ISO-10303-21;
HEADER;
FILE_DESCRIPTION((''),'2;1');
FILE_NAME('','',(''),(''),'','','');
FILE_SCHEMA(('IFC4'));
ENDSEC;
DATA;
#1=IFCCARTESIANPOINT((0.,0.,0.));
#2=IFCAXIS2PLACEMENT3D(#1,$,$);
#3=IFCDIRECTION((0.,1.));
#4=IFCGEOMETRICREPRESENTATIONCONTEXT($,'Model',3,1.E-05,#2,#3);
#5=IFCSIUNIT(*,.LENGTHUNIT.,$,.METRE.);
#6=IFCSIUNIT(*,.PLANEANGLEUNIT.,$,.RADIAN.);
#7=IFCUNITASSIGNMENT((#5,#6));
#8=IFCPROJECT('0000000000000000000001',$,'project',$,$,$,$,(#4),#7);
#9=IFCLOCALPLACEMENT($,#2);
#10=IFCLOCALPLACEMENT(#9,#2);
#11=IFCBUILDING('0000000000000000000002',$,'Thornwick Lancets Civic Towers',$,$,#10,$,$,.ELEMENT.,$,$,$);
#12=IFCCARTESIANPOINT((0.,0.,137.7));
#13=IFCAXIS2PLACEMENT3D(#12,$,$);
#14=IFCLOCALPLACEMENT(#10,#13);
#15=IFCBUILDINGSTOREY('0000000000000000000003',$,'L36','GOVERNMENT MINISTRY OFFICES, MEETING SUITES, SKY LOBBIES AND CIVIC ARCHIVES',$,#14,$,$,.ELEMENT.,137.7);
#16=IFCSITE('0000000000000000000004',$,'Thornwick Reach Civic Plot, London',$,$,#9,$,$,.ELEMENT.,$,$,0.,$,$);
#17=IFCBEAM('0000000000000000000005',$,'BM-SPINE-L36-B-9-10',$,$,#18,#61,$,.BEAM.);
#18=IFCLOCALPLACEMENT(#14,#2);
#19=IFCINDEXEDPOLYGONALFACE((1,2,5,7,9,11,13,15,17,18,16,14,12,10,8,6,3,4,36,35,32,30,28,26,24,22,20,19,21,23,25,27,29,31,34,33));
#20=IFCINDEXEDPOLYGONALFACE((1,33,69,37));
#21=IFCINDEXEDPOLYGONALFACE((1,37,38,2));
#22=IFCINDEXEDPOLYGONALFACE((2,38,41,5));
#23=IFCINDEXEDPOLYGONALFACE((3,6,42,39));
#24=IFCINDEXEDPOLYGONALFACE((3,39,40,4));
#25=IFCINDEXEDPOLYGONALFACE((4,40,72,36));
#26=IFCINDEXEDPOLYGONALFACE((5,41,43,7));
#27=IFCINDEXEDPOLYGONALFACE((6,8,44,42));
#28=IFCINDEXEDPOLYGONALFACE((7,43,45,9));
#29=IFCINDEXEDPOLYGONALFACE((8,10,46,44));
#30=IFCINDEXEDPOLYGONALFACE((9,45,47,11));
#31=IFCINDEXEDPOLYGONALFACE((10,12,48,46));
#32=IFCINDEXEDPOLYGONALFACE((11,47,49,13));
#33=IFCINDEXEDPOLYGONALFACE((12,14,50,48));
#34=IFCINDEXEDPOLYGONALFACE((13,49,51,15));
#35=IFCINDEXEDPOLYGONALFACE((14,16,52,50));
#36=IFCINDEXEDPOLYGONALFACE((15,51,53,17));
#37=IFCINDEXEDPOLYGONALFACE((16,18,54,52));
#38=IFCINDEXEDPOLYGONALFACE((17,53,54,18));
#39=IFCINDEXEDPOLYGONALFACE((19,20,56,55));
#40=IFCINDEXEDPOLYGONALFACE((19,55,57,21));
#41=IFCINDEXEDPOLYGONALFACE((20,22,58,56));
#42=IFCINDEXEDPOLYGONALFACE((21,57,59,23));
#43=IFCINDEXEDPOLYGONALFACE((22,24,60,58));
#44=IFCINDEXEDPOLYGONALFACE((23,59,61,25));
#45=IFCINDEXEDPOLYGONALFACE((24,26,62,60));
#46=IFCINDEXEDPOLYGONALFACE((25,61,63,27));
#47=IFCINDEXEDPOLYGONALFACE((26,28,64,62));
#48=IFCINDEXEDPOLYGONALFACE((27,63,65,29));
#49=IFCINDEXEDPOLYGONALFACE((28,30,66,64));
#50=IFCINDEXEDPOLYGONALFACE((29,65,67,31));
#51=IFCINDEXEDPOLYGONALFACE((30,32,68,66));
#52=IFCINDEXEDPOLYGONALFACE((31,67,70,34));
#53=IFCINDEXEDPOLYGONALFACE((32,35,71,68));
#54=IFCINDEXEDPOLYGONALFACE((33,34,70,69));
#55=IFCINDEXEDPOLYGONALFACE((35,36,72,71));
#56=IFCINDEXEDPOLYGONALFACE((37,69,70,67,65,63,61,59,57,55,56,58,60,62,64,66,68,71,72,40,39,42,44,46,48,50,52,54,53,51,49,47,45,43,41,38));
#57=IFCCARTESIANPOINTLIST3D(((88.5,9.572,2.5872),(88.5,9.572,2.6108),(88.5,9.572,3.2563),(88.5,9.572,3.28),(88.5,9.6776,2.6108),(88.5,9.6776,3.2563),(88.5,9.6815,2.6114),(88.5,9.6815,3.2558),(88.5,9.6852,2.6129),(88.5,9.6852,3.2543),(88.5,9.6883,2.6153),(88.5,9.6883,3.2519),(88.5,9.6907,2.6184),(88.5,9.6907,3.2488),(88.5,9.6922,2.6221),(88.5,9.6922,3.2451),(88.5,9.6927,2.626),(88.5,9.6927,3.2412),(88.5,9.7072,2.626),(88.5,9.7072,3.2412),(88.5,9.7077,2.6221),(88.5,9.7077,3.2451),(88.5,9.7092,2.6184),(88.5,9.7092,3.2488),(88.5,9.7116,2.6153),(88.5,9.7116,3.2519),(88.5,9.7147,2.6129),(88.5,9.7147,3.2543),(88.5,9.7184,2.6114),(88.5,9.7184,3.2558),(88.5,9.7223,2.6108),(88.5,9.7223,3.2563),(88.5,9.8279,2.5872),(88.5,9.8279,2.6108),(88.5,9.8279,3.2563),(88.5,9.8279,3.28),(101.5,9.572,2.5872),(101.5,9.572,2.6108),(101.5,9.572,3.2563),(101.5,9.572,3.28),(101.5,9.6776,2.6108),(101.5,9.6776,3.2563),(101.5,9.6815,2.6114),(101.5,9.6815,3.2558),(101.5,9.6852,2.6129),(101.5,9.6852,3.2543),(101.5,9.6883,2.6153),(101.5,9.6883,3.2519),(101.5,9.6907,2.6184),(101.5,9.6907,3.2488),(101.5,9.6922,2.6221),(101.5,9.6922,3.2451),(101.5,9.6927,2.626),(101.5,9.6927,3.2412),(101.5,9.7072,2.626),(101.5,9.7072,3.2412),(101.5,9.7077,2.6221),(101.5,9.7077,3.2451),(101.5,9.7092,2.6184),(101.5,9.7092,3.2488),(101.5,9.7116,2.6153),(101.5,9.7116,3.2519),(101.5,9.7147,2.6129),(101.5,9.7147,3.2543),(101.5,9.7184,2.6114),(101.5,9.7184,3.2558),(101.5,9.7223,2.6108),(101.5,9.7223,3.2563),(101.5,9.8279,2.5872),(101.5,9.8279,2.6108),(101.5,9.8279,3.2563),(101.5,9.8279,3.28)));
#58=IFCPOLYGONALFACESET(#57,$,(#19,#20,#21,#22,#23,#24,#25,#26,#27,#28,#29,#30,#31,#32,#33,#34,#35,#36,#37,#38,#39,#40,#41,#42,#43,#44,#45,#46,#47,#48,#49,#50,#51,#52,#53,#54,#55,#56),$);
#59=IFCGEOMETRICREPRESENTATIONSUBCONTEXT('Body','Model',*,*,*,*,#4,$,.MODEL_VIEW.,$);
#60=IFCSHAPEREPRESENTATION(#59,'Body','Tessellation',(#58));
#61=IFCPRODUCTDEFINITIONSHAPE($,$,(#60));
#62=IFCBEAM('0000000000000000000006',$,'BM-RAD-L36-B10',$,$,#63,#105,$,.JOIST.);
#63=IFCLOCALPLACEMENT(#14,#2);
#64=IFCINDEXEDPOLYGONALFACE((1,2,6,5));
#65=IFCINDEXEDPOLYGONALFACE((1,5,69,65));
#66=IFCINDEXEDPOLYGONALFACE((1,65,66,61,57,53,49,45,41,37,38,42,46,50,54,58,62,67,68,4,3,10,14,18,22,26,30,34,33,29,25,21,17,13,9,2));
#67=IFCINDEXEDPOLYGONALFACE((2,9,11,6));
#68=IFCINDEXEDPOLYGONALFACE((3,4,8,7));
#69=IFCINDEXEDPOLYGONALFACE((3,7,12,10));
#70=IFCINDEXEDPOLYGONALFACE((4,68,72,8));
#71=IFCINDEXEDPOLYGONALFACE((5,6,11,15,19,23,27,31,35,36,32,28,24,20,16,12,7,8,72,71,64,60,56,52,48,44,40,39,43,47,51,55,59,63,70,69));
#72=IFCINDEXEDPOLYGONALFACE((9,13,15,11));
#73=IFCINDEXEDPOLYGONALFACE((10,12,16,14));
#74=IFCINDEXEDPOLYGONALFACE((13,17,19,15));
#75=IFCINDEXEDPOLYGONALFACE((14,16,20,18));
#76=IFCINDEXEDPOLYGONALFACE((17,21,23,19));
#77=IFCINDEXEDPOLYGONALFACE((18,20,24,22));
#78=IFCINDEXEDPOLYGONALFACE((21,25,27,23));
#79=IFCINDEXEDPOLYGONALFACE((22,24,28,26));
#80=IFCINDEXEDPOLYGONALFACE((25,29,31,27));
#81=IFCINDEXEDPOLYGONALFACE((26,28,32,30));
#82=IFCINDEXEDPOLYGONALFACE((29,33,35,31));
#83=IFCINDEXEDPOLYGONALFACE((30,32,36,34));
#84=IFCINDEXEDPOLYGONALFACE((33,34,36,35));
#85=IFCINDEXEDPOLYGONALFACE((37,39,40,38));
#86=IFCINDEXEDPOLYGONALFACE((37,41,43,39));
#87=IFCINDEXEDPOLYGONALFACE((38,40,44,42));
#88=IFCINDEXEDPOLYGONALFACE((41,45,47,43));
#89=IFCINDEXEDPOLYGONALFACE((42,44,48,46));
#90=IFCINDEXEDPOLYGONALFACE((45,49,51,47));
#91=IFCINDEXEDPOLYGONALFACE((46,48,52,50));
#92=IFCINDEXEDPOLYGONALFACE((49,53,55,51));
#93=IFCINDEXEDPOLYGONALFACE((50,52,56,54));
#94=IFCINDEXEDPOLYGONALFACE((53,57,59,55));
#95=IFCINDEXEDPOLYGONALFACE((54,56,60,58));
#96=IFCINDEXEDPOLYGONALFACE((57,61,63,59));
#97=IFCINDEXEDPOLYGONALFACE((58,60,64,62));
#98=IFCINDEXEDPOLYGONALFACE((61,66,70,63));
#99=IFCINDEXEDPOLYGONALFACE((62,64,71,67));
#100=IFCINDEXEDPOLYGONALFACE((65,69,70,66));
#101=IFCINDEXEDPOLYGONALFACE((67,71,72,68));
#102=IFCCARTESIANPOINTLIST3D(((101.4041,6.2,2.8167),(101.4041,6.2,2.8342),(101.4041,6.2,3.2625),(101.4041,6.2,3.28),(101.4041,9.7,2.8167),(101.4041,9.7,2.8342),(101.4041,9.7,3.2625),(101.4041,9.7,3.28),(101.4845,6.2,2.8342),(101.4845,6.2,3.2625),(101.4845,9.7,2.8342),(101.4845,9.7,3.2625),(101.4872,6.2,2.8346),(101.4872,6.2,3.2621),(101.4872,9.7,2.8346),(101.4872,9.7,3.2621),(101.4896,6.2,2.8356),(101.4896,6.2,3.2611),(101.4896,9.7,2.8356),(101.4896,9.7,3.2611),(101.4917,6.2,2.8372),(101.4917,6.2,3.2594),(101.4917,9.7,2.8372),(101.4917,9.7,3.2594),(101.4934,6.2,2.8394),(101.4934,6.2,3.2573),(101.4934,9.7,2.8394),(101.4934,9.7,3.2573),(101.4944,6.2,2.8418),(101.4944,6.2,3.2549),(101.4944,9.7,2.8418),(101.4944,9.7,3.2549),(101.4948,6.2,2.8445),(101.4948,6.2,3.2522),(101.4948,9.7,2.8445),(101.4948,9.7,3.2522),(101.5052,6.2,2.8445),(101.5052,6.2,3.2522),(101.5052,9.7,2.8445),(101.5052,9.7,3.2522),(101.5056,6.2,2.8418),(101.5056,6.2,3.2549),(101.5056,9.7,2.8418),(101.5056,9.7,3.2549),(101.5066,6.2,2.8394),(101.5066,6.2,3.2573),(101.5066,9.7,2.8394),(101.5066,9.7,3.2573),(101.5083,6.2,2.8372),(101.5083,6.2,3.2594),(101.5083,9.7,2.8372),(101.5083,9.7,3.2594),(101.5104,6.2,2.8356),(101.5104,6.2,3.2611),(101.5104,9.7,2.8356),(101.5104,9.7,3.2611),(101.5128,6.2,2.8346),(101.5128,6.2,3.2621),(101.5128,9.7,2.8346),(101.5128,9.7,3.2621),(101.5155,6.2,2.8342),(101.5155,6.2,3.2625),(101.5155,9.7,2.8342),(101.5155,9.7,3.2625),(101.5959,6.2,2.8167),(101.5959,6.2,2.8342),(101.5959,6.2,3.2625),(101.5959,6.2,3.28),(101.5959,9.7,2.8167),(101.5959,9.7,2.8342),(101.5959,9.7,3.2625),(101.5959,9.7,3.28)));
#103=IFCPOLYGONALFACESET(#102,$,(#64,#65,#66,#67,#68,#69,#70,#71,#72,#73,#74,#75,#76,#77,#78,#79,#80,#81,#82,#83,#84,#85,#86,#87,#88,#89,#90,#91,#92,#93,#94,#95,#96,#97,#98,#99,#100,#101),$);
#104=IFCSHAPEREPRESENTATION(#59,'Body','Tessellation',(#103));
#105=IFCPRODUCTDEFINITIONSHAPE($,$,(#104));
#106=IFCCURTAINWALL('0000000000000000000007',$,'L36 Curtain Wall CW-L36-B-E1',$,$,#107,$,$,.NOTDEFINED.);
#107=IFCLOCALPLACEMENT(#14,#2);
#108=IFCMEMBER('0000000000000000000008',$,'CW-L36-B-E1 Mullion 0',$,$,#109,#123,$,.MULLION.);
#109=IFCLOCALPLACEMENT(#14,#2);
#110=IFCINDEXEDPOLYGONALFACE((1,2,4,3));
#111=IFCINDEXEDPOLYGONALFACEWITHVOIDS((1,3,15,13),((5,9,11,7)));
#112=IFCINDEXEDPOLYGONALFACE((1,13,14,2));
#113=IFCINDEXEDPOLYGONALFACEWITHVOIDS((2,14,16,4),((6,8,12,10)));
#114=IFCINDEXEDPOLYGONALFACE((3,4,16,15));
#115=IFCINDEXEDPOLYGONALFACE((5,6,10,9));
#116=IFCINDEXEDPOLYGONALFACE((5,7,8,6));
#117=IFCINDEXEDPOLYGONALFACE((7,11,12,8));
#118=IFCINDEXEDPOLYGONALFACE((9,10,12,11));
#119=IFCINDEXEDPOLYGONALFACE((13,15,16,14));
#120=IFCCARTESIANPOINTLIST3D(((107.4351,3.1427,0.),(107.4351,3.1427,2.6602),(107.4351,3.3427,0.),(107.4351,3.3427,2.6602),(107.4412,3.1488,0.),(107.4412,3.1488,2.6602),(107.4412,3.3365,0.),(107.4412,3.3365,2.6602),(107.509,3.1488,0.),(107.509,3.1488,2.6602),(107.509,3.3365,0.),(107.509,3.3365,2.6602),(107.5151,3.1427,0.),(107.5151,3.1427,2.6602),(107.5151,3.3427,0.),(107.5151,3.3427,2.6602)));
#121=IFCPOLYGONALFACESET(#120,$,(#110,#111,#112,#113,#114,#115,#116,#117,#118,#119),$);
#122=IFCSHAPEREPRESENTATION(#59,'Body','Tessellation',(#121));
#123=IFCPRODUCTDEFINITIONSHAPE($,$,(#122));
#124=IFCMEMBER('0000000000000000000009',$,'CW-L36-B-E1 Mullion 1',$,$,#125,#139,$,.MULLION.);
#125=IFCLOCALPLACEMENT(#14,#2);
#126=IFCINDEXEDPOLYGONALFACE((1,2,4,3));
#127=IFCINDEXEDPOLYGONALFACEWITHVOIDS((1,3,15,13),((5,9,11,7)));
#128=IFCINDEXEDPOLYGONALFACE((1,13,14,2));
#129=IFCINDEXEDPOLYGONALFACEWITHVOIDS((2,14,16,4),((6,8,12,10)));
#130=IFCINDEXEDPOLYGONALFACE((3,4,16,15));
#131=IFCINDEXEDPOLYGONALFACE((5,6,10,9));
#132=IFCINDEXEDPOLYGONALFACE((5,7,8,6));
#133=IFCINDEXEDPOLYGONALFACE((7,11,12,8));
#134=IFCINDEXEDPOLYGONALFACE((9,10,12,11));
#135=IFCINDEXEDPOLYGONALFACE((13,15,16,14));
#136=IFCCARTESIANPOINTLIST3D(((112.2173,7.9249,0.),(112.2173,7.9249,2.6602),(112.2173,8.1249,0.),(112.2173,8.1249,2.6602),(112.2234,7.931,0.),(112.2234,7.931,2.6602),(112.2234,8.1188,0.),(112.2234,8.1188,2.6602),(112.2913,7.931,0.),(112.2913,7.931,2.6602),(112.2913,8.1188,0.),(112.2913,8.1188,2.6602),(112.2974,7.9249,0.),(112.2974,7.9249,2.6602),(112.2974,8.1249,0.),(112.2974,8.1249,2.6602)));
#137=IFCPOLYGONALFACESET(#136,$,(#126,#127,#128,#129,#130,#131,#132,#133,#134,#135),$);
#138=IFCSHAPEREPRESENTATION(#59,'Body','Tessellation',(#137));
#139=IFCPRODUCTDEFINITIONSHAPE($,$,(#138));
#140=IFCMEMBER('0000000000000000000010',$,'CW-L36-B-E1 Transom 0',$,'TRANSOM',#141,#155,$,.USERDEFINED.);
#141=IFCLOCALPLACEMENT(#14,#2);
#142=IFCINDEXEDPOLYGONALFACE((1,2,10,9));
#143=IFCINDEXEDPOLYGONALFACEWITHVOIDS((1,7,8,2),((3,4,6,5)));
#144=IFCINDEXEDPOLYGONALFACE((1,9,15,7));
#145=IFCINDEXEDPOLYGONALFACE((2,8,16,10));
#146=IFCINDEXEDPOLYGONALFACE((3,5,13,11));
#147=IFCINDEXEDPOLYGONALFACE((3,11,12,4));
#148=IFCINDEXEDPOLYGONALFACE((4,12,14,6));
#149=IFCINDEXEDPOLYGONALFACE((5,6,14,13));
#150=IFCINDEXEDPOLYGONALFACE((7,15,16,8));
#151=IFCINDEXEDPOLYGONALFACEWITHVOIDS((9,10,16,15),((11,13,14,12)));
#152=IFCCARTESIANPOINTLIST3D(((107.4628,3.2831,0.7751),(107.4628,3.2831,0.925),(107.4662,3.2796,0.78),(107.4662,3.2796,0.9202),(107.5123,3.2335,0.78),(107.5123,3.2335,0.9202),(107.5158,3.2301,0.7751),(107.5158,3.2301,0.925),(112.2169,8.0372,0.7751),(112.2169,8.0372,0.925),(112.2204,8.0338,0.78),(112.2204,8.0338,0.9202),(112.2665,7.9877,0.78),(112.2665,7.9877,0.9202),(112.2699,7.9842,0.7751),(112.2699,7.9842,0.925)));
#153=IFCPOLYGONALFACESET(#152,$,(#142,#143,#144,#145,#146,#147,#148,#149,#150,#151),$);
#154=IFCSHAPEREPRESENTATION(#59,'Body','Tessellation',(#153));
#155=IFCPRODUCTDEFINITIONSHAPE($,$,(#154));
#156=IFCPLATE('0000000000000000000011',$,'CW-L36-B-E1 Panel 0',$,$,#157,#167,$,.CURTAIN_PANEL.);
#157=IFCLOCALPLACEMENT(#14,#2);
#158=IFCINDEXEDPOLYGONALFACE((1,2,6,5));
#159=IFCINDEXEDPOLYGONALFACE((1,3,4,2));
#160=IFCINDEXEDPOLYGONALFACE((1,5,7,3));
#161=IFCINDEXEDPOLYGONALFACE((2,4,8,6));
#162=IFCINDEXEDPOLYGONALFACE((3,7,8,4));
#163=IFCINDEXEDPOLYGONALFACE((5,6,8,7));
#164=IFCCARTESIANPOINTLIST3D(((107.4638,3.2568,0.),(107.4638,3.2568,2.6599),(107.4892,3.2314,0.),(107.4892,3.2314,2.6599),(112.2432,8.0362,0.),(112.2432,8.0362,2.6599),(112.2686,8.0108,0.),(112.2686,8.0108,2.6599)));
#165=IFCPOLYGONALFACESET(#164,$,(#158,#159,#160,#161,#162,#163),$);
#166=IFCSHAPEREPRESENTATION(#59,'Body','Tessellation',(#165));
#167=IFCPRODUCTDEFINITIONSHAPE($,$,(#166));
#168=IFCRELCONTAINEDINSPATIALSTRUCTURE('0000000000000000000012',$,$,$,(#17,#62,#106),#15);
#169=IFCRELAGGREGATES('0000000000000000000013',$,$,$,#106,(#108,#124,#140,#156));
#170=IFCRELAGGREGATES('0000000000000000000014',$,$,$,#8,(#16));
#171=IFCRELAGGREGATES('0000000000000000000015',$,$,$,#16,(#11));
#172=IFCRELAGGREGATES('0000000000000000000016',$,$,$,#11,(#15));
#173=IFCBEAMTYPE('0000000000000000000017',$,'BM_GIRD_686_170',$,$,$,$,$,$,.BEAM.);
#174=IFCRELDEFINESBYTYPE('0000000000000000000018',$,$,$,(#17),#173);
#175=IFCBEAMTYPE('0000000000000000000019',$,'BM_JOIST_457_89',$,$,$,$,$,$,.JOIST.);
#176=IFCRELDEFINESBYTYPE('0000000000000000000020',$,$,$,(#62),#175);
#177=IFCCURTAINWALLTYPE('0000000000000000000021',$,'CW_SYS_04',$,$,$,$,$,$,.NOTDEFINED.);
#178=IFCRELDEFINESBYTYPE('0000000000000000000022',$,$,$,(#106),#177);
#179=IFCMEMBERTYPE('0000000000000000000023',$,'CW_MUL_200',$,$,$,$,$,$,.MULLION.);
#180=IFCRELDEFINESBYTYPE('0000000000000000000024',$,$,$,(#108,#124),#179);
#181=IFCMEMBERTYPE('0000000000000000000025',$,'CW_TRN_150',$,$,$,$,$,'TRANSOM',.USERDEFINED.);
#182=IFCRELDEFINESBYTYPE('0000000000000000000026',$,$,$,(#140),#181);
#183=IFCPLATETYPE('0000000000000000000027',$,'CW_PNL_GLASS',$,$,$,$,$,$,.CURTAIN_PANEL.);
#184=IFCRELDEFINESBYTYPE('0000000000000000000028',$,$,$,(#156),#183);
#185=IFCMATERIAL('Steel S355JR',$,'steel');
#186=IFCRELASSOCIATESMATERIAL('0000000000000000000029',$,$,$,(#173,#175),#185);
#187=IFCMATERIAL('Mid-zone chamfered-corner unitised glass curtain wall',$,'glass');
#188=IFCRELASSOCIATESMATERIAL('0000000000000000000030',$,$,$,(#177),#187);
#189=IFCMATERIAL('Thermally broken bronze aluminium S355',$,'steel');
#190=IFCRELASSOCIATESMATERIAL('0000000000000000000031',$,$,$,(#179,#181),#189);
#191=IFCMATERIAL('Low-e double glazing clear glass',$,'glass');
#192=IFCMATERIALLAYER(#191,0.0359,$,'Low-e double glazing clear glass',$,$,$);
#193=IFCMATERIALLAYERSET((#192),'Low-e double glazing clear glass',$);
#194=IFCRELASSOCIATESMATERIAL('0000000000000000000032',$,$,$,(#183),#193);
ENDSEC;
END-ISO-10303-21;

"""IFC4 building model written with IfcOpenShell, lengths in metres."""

from ifc_helpers import new_model, si_unit, direction, frame, origin, origin_2d, place, context, subcontext, project, spatial, rectangle, hollow_rectangle, i_section, extrude, material, layer, layer_set, material_profile, profile_set, type_object, element, aggregate, save


model = new_model("IFC4")

# Units and contexts
model_context = context("Model", 3, precision=1e-05, world=origin(), true_north=direction((0.0, 1.0)))
body_context = subcontext(model_context, "Body", "Model", "MODEL_VIEW")
ifc_project = project(units=[si_unit("LENGTHUNIT", "METRE"), si_unit("PLANEANGLEUNIT", "RADIAN")], contexts=[model_context])

# Site, building, storey
site_placement = place(None, origin())
site = spatial("IfcSite", under=ifc_project, at=site_placement, Name="Thornwick Reach Civic Plot, London", CompositionType="ELEMENT", RefElevation=0.0)
building_placement = place(site_placement, origin())
building = spatial("IfcBuilding", under=site, at=building_placement, Name="Thornwick Lancets Civic Towers", CompositionType="ELEMENT")
storey_placement = place(building_placement, frame((0.0, 0.0, 137.7)))
storey = spatial("IfcBuildingStorey", under=building, at=storey_placement, Name="L36", Description="GOVERNMENT MINISTRY OFFICES, MEETING SUITES, SKY LOBBIES AND CIVIC ARCHIVES", CompositionType="ELEMENT", Elevation=137.7)

# Beams
ifc_material_1 = material(Name="Steel S355JR", Category="steel")
ifc_material_profile_1 = material_profile(ifc_material_1, i_section(OverallWidth=0.2559, OverallDepth=0.6929, WebThickness=0.0144, FlangeThickness=0.0237, FilletRadius=0.0151, at=origin_2d()), Name="UKB 686x254x170")
ifc_profile_set_1 = profile_set([ifc_material_profile_1], Name="Steel S355JR")
beam_type_1 = type_object("IfcBeamType", Name="BM_GIRD_686_170", PredefinedType="BEAM", material=ifc_profile_set_1)
for number, where, z_axis, x_axis, name in (
    (1, (101.5, 9.7, 2.9336), (-1.0, 0.0, 0.0), (0.0, -1.0, 0.0), "BM-SPINE-L36-B-9-10"),
):
    element("IfcBeam", number, at=place(storey_placement, frame(where, z_axis=z_axis, x_axis=x_axis)), inside=storey, type_object=beam_type_1, Name=name, PredefinedType="BEAM", context=body_context, shape_type="SweptSolid", body=[
        extrude(i_section(OverallWidth=0.2559, OverallDepth=0.6929, WebThickness=0.0144, FlangeThickness=0.0237, FilletRadius=0.0151, at=origin_2d()), origin(), (0.0, 0.0, 1.0), 13.0),
    ])
ifc_material_profile_2 = material_profile(ifc_material_1, i_section(OverallWidth=0.1919, OverallDepth=0.4634, WebThickness=0.0105, FlangeThickness=0.0176, FilletRadius=0.0103, at=origin_2d()), Name="UKB 457x191x89")
ifc_profile_set_2 = profile_set([ifc_material_profile_2], Name="Steel S355JR")
beam_type_2 = type_object("IfcBeamType", Name="BM_JOIST_457_89", PredefinedType="JOIST", material=ifc_profile_set_2)
beam_1_placement = place(storey_placement, frame((101.5, 9.7, 3.0483), z_axis=(0.0, -1.0, 0.0), x_axis=(1.0, 0.0, 0.0)))
element("IfcBeam", 2, at=beam_1_placement, inside=storey, type_object=beam_type_2, Name="BM-RAD-L36-B10", PredefinedType="JOIST", context=body_context, shape_type="SweptSolid", body=[
    extrude(i_section(OverallWidth=0.1919, OverallDepth=0.4634, WebThickness=0.0105, FlangeThickness=0.0176, FilletRadius=0.0103, at=origin_2d()), origin(), (0.0, 0.0, 1.0), 3.5),
])

# Curtain wall, members, plate
ifc_material_2 = material(Name="Mid-zone chamfered-corner unitised glass curtain wall", Category="glass")
curtain_wall_type = type_object("IfcCurtainWallType", Name="CW_SYS_04", PredefinedType="NOTDEFINED", material=ifc_material_2)
curtain_wall_placement = place(storey_placement, origin())
curtain_wall = element("IfcCurtainWall", 3, at=curtain_wall_placement, inside=storey, type_object=curtain_wall_type, Name="L36 Curtain Wall CW-L36-B-E1", PredefinedType="NOTDEFINED")
ifc_material_3 = material(Name="Thermally broken bronze aluminium S355", Category="steel")
ifc_material_profile_3 = material_profile(ifc_material_3, hollow_rectangle(XDim=0.0801, YDim=0.2, WallThickness=0.0061, at=origin_2d()), Name="RHS 200x80x6")
ifc_profile_set_3 = profile_set([ifc_material_profile_3], Name="Thermally broken bronze aluminium S355")
member_type_1 = type_object("IfcMemberType", Name="CW_MUL_200", PredefinedType="MULLION", material=ifc_profile_set_3)
member_1_placement = place(storey_placement, frame((107.4751, 3.2427, 0.0), z_axis=(0.0, 0.0, 1.0), x_axis=(1.0, 0.0, 0.0)))
member_1 = element("IfcMember", 4, at=member_1_placement, type_object=member_type_1, Name="CW-L36-B-E1 Mullion 0", PredefinedType="MULLION", context=body_context, shape_type="SweptSolid", body=[
    extrude(hollow_rectangle(XDim=0.0801, YDim=0.2, WallThickness=0.0061, at=origin_2d()), origin(), (0.0, 0.0, 1.0), 2.6602),
])
member_2_placement = place(storey_placement, frame((112.2573, 8.0249, 0.0), z_axis=(0.0, 0.0, 1.0), x_axis=(1.0, 0.0, 0.0)))
member_2 = element("IfcMember", 5, at=member_2_placement, type_object=member_type_1, Name="CW-L36-B-E1 Mullion 1", PredefinedType="MULLION", context=body_context, shape_type="SweptSolid", body=[
    extrude(hollow_rectangle(XDim=0.0801, YDim=0.2, WallThickness=0.0061, at=origin_2d()), origin(), (0.0, 0.0, 1.0), 2.6602),
])
ifc_material_profile_4 = material_profile(ifc_material_3, hollow_rectangle(XDim=0.075, YDim=0.1499, WallThickness=0.0049, at=origin_2d()), Name="RHS 150x75x5")
ifc_profile_set_4 = profile_set([ifc_material_profile_4], Name="Thermally broken bronze aluminium S355")
member_type_2 = type_object("IfcMemberType", Name="CW_TRN_150", ElementType="TRANSOM", PredefinedType="USERDEFINED", material=ifc_profile_set_4)
member_3_placement = place(storey_placement, frame((107.4893, 3.2566, 0.8501), z_axis=(0.707107, 0.707107, 0.0), x_axis=(-0.707107, 0.707107, 0.0)))
member_3 = element("IfcMember", 6, at=member_3_placement, type_object=member_type_2, Name="CW-L36-B-E1 Transom 0", ObjectType="TRANSOM", PredefinedType="USERDEFINED", context=body_context, shape_type="SweptSolid", body=[
    extrude(hollow_rectangle(XDim=0.075, YDim=0.1499, WallThickness=0.0049, at=origin_2d()), origin(), (0.0, 0.0, 1.0), 6.7234),
])
ifc_material_4 = material(Name="Low-e double glazing clear glass", Category="glass")
ifc_layer_1 = layer(ifc_material_4, 0.0359, Name="Low-e double glazing clear glass")
ifc_layer_set_1 = layer_set([ifc_layer_1], Name="Low-e double glazing clear glass")
plate_type = type_object("IfcPlateType", Name="CW_PNL_GLASS", PredefinedType="CURTAIN_PANEL", material=ifc_layer_set_1)
plate_placement = place(storey_placement, frame((109.8662, 5.6338, 0.0), z_axis=(0.0, 0.0, 1.0), x_axis=(0.707107, 0.707107, 0.0)))
plate = element("IfcPlate", 7, at=plate_placement, type_object=plate_type, Name="CW-L36-B-E1 Panel 0", PredefinedType="CURTAIN_PANEL", context=body_context, shape_type="SweptSolid", body=[
    extrude(rectangle(XDim=6.759, YDim=0.0359, at=origin_2d()), origin(), (0.0, 0.0, 1.0), 2.6599),
])
aggregate(curtain_wall, [member_1, member_2, member_3, plate])

save(model, "model.ifc")
